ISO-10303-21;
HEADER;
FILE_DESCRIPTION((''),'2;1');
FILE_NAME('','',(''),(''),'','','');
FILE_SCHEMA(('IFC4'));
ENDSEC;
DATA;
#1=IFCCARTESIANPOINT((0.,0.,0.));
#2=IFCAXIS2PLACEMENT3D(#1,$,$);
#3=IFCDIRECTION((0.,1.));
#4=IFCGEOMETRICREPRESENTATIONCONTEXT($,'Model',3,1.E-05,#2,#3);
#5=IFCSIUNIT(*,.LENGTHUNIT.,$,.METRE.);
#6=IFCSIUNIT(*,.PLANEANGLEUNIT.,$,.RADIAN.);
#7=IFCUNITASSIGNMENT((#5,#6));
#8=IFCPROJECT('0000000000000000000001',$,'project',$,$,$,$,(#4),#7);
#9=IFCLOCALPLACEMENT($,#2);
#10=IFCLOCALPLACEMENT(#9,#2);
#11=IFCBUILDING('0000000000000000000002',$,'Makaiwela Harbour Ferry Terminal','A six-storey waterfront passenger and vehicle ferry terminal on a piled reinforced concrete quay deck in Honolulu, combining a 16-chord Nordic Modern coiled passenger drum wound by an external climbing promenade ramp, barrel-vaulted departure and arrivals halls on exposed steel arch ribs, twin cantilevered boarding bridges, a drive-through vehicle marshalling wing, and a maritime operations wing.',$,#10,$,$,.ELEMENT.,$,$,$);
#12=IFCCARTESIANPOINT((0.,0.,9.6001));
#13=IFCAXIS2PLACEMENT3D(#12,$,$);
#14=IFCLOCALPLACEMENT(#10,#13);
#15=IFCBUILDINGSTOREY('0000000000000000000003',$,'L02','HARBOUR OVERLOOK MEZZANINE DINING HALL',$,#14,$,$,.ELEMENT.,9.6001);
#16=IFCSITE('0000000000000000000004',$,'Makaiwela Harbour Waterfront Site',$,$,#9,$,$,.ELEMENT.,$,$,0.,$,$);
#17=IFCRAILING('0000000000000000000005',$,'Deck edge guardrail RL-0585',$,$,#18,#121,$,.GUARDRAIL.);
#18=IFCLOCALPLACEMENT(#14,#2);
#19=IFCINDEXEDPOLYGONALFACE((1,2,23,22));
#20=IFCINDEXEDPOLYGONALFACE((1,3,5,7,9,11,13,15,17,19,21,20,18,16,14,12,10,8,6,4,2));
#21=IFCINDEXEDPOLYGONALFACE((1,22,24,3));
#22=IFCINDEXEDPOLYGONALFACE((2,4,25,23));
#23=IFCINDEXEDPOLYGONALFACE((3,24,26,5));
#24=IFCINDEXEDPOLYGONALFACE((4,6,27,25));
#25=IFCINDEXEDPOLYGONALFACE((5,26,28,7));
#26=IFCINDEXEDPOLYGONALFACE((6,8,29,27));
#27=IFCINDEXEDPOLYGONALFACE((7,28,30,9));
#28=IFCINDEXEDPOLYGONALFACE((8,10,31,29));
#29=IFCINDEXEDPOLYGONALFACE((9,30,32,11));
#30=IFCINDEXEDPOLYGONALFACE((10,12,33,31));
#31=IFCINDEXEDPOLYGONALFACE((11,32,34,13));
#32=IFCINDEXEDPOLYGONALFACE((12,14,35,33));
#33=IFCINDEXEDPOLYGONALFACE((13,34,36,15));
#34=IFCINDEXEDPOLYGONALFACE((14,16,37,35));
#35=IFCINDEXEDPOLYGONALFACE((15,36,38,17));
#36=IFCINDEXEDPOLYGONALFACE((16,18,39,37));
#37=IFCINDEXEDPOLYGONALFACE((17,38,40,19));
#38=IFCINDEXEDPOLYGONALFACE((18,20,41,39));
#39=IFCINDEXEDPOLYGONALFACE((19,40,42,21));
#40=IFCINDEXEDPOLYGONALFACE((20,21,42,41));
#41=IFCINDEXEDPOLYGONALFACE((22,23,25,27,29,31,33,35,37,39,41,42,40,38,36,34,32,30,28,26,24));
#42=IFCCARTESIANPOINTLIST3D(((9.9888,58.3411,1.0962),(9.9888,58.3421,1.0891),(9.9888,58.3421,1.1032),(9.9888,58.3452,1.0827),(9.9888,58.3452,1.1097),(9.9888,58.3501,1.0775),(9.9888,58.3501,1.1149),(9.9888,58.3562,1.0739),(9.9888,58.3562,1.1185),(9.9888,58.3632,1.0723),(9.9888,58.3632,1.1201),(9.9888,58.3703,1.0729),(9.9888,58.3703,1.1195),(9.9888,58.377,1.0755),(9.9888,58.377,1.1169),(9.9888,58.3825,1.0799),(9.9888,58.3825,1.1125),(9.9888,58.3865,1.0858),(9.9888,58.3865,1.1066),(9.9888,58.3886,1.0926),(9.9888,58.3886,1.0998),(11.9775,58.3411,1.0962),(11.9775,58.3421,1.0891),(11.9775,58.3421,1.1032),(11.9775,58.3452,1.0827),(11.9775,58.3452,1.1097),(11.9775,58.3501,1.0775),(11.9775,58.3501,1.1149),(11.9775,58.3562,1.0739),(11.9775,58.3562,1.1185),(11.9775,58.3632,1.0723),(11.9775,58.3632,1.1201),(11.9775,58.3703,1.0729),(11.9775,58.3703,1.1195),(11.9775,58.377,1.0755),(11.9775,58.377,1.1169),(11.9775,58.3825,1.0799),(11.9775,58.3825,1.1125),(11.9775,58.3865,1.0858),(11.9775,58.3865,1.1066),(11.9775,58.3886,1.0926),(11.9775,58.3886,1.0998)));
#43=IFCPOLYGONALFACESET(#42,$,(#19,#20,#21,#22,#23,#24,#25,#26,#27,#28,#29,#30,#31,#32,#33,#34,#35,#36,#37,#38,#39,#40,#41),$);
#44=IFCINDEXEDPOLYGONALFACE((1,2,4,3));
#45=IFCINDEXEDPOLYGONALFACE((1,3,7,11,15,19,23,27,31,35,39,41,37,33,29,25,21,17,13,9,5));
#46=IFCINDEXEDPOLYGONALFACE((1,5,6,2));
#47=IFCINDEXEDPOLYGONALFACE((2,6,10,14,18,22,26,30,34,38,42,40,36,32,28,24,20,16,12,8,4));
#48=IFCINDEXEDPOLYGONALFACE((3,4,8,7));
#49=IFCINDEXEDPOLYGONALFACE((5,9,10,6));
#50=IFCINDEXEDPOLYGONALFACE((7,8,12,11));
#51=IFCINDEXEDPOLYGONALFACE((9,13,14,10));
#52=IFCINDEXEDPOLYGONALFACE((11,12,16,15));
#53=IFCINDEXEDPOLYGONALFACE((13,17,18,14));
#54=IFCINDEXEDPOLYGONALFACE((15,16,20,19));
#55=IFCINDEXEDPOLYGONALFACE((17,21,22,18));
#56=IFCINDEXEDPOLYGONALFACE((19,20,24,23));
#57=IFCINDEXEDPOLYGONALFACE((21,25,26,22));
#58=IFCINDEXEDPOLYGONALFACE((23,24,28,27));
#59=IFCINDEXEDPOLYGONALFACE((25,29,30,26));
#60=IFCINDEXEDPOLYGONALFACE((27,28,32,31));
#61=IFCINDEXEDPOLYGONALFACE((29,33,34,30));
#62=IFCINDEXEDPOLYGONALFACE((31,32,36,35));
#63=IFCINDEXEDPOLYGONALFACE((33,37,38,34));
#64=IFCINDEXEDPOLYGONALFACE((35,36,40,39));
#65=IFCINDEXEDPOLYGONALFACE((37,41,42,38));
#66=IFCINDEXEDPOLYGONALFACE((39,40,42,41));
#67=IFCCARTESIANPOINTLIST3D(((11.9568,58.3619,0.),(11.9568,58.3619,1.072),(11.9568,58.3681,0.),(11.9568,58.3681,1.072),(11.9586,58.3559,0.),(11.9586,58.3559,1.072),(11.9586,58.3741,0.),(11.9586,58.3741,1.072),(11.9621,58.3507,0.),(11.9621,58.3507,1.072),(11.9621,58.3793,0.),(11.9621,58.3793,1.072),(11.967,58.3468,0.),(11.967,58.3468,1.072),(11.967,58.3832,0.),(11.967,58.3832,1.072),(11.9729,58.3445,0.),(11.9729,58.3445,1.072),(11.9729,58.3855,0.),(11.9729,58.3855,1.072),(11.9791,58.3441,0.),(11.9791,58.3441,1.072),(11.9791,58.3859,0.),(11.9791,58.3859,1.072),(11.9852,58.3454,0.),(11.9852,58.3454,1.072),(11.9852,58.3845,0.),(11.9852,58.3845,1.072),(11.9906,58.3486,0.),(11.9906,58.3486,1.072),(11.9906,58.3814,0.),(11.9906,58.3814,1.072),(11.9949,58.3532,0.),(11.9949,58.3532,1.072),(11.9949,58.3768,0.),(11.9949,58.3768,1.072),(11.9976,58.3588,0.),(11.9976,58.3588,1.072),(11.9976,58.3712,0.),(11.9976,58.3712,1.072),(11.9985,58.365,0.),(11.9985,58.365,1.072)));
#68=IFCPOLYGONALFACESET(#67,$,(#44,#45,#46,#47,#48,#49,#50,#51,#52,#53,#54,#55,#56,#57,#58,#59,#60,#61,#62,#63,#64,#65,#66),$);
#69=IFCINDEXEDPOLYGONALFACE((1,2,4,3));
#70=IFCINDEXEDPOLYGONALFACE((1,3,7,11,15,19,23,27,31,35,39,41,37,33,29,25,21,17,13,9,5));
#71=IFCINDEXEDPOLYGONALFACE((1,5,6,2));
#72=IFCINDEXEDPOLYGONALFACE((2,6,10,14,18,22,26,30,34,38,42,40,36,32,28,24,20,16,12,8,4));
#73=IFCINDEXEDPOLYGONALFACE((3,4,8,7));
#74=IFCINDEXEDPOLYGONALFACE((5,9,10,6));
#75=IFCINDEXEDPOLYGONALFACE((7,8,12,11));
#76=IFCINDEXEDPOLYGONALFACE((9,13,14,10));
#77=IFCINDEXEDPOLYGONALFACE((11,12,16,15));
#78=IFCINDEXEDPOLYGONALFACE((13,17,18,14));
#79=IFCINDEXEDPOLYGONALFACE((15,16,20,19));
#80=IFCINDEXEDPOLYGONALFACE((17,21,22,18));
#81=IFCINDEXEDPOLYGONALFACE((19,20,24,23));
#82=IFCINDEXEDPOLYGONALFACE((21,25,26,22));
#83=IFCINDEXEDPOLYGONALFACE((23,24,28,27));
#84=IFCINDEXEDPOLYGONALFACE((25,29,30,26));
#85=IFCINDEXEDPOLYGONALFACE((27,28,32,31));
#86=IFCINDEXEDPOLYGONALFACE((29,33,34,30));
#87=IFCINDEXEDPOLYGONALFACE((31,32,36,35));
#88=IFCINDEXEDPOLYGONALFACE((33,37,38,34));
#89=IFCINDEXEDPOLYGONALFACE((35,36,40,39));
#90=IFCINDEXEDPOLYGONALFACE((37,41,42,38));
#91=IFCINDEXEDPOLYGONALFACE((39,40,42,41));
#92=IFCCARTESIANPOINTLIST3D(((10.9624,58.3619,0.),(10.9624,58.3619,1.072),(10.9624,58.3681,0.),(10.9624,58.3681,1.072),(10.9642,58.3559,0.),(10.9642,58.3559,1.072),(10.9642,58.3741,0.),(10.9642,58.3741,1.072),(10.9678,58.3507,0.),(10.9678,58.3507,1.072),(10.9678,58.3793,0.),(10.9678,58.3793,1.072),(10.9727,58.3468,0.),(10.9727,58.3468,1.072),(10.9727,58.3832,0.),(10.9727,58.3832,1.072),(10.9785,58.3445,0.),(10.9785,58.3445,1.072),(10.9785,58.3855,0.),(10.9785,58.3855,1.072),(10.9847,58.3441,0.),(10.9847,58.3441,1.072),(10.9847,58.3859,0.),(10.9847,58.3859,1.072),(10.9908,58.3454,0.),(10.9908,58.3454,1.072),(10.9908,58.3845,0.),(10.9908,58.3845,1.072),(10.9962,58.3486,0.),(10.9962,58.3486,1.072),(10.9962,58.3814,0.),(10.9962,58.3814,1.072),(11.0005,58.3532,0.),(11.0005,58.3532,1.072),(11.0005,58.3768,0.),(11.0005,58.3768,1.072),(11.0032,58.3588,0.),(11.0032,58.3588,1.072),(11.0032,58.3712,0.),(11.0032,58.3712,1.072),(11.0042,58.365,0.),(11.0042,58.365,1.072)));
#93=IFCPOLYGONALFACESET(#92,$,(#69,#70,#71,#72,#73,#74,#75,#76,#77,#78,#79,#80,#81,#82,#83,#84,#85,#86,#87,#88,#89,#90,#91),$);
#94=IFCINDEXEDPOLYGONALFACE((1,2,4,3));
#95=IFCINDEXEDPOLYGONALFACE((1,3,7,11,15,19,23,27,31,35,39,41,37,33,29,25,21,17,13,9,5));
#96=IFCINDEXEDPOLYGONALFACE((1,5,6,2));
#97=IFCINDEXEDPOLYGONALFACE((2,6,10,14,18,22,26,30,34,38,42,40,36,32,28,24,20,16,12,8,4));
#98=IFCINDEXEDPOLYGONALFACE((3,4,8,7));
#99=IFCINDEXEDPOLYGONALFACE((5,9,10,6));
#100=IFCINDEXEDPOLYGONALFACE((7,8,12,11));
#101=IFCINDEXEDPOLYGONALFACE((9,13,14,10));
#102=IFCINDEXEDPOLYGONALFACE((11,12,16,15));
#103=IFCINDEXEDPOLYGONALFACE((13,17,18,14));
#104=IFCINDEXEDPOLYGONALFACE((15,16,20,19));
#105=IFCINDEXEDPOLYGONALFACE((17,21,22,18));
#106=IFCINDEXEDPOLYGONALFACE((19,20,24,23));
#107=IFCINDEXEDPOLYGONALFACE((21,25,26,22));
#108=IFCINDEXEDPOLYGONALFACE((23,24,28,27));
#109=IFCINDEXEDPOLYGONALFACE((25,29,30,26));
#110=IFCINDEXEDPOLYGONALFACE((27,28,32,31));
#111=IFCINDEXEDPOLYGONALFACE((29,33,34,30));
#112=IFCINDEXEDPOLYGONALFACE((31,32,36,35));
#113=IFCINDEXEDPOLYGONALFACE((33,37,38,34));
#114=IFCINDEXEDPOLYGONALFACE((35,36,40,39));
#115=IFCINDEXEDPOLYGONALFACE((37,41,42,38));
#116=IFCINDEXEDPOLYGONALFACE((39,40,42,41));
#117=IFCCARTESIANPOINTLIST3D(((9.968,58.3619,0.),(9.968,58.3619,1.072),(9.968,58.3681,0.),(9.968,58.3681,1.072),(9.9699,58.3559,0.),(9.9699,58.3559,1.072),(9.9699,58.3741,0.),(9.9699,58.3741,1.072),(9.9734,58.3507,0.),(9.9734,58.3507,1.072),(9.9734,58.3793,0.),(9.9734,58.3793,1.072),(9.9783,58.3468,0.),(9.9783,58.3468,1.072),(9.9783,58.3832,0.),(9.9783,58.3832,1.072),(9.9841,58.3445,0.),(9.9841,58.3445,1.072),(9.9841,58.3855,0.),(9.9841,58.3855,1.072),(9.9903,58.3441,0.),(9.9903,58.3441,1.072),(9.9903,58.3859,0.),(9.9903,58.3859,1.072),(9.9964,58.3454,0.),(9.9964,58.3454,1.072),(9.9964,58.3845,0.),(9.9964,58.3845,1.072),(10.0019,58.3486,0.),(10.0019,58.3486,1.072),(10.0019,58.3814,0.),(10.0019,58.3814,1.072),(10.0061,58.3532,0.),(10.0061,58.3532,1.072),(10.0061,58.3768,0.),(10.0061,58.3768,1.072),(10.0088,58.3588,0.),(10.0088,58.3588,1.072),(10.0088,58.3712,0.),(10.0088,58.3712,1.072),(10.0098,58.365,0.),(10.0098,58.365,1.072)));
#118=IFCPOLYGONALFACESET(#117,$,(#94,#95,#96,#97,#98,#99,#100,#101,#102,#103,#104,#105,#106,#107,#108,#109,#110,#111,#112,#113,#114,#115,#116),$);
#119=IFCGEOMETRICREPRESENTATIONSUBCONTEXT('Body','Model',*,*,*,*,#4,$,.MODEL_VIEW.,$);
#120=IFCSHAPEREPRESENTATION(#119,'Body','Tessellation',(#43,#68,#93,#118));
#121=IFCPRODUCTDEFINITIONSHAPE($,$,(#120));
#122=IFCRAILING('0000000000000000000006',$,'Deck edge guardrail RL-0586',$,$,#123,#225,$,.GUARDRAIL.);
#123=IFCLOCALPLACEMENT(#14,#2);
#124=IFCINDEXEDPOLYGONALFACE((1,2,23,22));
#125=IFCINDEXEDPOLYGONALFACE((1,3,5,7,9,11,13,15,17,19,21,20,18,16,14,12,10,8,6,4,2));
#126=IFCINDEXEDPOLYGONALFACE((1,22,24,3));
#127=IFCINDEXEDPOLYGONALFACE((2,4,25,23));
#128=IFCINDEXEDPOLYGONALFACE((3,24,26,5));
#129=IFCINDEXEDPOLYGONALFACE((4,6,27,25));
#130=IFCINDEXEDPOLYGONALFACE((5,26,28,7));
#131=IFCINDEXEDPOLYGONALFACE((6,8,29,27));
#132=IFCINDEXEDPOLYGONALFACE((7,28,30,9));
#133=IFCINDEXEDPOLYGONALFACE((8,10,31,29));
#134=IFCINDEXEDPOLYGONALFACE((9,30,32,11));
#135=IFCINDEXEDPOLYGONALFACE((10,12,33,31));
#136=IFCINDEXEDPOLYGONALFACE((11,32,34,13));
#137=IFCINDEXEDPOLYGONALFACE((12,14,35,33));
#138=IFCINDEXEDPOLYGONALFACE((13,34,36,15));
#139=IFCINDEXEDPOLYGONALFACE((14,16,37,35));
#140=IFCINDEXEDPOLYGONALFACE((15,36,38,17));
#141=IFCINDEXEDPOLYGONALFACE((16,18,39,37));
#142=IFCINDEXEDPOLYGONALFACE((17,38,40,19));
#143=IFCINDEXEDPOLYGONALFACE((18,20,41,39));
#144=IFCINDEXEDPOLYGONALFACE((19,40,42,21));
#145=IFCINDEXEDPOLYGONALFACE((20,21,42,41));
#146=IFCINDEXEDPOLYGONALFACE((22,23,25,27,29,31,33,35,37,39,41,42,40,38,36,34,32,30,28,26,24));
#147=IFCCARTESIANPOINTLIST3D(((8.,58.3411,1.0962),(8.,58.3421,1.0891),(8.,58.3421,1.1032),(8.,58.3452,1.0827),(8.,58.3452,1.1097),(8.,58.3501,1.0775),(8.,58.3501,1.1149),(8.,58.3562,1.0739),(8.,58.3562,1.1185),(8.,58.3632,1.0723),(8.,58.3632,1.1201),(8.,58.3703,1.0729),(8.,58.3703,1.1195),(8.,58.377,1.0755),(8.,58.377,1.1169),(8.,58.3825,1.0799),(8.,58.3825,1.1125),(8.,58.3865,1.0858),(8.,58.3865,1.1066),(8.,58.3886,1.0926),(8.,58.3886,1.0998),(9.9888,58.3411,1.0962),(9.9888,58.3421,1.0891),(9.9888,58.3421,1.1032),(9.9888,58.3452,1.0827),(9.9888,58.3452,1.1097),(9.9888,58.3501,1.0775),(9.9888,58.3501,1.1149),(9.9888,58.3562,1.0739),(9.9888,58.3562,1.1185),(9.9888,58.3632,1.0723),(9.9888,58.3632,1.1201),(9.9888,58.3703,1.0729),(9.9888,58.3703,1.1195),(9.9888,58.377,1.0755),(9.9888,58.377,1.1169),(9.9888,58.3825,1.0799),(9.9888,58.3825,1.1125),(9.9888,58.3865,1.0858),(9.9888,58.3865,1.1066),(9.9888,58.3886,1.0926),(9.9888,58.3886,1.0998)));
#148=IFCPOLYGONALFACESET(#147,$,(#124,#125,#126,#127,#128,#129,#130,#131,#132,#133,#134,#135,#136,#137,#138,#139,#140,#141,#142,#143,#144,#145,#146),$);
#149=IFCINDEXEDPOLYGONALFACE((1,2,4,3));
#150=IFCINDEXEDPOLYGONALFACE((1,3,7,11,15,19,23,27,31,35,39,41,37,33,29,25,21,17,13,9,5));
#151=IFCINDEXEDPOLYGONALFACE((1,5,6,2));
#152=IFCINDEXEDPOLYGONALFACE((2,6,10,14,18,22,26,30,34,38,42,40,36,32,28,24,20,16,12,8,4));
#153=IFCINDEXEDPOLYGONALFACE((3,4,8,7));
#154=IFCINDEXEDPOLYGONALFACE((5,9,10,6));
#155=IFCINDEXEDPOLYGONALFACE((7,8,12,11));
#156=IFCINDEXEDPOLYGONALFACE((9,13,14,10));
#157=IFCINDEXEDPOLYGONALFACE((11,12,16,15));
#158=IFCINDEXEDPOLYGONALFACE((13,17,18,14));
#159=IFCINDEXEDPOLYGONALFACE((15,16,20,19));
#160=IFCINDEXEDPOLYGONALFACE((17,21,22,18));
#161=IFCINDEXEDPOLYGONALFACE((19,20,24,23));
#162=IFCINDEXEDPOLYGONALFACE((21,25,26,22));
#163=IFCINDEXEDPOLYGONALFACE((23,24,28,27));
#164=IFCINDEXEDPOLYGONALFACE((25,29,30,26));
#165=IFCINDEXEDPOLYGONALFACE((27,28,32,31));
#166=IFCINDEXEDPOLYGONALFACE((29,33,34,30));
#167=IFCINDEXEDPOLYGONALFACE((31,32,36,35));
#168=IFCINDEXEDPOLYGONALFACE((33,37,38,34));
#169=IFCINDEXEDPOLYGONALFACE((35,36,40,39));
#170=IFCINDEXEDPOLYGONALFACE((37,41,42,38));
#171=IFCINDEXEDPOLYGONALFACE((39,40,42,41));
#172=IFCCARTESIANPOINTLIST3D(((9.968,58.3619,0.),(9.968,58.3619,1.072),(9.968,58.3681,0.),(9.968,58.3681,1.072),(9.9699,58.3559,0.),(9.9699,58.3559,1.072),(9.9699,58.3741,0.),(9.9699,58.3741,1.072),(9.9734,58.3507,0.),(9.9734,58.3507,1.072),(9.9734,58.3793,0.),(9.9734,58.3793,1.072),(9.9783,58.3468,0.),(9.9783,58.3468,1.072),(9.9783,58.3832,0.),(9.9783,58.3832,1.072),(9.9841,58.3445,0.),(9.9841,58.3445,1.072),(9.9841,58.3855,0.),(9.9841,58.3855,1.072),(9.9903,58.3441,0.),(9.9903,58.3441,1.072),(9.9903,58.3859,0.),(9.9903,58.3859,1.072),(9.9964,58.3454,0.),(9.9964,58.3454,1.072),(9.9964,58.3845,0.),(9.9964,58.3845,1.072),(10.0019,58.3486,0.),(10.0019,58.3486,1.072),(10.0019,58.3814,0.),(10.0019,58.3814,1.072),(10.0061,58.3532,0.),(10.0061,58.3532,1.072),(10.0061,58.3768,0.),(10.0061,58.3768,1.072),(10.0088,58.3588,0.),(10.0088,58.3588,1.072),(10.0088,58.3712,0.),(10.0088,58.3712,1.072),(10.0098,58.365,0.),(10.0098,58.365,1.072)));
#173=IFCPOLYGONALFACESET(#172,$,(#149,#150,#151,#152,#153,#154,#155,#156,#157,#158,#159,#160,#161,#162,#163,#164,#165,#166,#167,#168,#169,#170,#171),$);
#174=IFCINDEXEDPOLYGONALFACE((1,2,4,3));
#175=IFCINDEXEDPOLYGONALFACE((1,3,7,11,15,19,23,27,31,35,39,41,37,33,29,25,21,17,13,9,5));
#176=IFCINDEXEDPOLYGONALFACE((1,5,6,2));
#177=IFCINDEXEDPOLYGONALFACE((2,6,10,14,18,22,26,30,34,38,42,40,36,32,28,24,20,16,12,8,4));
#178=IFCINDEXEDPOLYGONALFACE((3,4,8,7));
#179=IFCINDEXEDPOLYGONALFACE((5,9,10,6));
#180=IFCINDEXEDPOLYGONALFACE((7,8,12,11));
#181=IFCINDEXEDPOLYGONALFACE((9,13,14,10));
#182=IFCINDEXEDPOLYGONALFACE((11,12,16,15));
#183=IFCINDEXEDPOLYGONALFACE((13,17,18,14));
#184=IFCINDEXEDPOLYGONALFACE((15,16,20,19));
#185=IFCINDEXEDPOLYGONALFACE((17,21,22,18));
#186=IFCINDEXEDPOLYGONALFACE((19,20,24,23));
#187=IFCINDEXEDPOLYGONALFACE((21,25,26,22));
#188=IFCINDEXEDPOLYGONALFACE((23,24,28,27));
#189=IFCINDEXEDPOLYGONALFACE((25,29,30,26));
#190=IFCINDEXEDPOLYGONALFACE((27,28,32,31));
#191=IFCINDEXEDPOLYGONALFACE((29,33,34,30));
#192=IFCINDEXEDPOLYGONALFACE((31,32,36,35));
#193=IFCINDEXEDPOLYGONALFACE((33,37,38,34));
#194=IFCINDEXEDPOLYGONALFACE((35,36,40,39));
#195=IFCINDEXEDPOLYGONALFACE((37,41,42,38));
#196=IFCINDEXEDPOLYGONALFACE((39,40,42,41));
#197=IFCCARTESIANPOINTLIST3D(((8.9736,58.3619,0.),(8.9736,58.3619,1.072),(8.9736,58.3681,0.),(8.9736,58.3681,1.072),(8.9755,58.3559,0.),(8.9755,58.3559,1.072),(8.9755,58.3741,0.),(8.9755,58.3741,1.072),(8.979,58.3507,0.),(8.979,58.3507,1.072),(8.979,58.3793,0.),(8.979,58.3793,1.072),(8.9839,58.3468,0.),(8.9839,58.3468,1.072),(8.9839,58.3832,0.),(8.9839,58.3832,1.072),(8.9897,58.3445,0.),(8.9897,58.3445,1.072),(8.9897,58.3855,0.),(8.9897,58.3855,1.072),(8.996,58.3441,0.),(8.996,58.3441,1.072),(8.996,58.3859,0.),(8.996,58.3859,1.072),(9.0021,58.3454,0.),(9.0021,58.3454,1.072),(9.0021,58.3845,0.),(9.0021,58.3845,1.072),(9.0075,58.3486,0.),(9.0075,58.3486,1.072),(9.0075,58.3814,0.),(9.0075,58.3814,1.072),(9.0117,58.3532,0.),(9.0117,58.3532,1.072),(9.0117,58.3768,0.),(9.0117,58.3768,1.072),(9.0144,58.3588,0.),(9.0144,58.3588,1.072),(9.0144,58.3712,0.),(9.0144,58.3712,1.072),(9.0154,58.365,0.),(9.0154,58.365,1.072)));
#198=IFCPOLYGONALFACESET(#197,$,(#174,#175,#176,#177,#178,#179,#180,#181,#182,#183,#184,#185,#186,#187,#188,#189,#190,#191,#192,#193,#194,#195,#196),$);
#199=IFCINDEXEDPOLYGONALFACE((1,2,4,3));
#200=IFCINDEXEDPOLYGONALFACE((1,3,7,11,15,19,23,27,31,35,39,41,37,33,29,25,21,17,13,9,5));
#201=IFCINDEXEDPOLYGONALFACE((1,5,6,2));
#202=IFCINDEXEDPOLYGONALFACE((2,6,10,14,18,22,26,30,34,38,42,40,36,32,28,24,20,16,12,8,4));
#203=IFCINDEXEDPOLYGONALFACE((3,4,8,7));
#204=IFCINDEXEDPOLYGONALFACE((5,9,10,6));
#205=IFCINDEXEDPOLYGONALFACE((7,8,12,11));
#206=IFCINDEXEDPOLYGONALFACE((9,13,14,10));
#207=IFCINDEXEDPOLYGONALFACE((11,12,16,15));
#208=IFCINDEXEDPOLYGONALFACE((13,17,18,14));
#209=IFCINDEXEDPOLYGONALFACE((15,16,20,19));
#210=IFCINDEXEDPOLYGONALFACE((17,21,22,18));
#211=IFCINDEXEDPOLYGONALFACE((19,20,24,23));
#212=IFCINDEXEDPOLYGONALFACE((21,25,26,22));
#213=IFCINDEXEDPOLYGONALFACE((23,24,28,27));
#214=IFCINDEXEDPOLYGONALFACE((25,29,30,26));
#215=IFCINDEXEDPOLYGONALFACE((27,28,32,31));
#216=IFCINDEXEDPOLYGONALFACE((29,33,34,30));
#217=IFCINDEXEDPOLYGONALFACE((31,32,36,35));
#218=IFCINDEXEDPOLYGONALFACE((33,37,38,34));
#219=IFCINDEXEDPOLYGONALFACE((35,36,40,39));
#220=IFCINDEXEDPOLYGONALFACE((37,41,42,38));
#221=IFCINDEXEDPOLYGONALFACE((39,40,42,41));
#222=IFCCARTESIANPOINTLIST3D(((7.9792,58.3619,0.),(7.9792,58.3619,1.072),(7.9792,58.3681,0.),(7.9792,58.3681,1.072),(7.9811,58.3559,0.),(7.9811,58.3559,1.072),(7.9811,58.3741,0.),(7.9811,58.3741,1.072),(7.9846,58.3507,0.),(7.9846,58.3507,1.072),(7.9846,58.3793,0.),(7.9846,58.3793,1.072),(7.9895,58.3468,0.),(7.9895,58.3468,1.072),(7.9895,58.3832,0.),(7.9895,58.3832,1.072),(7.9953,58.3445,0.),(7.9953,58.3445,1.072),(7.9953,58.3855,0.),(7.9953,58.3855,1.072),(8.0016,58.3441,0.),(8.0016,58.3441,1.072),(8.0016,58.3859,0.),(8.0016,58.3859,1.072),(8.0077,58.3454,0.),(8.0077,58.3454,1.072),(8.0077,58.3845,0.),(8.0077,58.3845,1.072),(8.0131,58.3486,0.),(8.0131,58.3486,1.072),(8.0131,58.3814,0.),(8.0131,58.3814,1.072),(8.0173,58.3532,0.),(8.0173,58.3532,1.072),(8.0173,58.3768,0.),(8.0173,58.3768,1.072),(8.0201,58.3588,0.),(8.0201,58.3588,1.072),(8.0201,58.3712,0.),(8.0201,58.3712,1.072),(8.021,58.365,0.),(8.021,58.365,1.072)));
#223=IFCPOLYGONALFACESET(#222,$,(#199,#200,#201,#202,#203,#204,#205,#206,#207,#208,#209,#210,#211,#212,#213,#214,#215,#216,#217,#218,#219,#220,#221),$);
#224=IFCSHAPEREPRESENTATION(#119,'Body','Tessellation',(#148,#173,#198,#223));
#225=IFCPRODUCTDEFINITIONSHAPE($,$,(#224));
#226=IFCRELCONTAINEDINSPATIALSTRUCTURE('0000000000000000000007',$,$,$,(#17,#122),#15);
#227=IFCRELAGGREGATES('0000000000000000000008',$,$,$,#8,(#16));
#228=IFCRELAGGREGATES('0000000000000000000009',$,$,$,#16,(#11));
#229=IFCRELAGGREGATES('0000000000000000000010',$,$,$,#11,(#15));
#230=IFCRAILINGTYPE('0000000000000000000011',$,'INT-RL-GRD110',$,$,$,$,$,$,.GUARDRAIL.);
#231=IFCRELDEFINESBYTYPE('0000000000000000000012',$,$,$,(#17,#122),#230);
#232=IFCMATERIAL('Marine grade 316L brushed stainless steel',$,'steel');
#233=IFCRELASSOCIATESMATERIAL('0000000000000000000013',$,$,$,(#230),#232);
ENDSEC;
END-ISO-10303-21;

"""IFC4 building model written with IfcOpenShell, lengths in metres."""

from ifc_helpers import new_model, si_unit, direction, frame, origin, origin_2d, place, context, subcontext, project, spatial, circle, extrude, material, type_object, element, save


model = new_model("IFC4")

# Units and contexts
model_context = context("Model", 3, precision=1e-05, world=origin(), true_north=direction((0.0, 1.0)))
body_context = subcontext(model_context, "Body", "Model", "MODEL_VIEW")
ifc_project = project(units=[si_unit("LENGTHUNIT", "METRE"), si_unit("PLANEANGLEUNIT", "RADIAN")], contexts=[model_context])

# Site, building, storey
site_placement = place(None, origin())
site = spatial("IfcSite", under=ifc_project, at=site_placement, Name="Makaiwela Harbour Waterfront Site", CompositionType="ELEMENT", RefElevation=0.0)
building_placement = place(site_placement, origin())
building = spatial("IfcBuilding", under=site, at=building_placement, Name="Makaiwela Harbour Ferry Terminal", Description="A six-storey waterfront passenger and vehicle ferry terminal on a piled reinforced concrete quay deck in Honolulu, combining a 16-chord Nordic Modern coiled passenger drum wound by an external climbing promenade ramp, barrel-vaulted departure and arrivals halls on exposed steel arch ribs, twin cantilevered boarding bridges, a drive-through vehicle marshalling wing, and a maritime operations wing.", CompositionType="ELEMENT")
storey_placement = place(building_placement, frame((0.0, 0.0, 9.6001)))
storey = spatial("IfcBuildingStorey", under=building, at=storey_placement, Name="L02", Description="HARBOUR OVERLOOK MEZZANINE DINING HALL", CompositionType="ELEMENT", Elevation=9.6001)

# Railings
ifc_material_1 = material(Name="Marine grade 316L brushed stainless steel", Category="steel")
railing_type = type_object("IfcRailingType", Name="INT-RL-GRD110", PredefinedType="GUARDRAIL", material=ifc_material_1)
for number, where, name in (
    (1, (11.9775, 58.365, 0.0), "Deck edge guardrail RL-0585"),
    (2, (9.9888, 58.365, 0.0), "Deck edge guardrail RL-0586"),
):
    element("IfcRailing", number, at=place(storey_placement, frame(where)), inside=storey, type_object=railing_type, Name=name, PredefinedType="GUARDRAIL", context=body_context, shape_type="SweptSolid", body=[
        extrude(circle(Radius=0.0239, at=origin_2d()), frame((0.0, 0.0, 1.0962), z_axis=(-1.0, 0.0, 0.0), x_axis=(0.0, -1.0, 0.0)), (0.0, 0.0, 1.0), 1.9888),
        extrude(circle(Radius=0.021, at=origin_2d()), origin(), (0.0, 0.0, 1.0), 1.072),
        extrude(circle(Radius=0.021, at=origin_2d()), frame((-0.9944, 0.0, 0.0)), (0.0, 0.0, 1.0), 1.072),
        extrude(circle(Radius=0.021, at=origin_2d()), frame((-1.9888, 0.0, 0.0)), (0.0, 0.0, 1.0), 1.072),
    ])

save(model, "model.ifc")
